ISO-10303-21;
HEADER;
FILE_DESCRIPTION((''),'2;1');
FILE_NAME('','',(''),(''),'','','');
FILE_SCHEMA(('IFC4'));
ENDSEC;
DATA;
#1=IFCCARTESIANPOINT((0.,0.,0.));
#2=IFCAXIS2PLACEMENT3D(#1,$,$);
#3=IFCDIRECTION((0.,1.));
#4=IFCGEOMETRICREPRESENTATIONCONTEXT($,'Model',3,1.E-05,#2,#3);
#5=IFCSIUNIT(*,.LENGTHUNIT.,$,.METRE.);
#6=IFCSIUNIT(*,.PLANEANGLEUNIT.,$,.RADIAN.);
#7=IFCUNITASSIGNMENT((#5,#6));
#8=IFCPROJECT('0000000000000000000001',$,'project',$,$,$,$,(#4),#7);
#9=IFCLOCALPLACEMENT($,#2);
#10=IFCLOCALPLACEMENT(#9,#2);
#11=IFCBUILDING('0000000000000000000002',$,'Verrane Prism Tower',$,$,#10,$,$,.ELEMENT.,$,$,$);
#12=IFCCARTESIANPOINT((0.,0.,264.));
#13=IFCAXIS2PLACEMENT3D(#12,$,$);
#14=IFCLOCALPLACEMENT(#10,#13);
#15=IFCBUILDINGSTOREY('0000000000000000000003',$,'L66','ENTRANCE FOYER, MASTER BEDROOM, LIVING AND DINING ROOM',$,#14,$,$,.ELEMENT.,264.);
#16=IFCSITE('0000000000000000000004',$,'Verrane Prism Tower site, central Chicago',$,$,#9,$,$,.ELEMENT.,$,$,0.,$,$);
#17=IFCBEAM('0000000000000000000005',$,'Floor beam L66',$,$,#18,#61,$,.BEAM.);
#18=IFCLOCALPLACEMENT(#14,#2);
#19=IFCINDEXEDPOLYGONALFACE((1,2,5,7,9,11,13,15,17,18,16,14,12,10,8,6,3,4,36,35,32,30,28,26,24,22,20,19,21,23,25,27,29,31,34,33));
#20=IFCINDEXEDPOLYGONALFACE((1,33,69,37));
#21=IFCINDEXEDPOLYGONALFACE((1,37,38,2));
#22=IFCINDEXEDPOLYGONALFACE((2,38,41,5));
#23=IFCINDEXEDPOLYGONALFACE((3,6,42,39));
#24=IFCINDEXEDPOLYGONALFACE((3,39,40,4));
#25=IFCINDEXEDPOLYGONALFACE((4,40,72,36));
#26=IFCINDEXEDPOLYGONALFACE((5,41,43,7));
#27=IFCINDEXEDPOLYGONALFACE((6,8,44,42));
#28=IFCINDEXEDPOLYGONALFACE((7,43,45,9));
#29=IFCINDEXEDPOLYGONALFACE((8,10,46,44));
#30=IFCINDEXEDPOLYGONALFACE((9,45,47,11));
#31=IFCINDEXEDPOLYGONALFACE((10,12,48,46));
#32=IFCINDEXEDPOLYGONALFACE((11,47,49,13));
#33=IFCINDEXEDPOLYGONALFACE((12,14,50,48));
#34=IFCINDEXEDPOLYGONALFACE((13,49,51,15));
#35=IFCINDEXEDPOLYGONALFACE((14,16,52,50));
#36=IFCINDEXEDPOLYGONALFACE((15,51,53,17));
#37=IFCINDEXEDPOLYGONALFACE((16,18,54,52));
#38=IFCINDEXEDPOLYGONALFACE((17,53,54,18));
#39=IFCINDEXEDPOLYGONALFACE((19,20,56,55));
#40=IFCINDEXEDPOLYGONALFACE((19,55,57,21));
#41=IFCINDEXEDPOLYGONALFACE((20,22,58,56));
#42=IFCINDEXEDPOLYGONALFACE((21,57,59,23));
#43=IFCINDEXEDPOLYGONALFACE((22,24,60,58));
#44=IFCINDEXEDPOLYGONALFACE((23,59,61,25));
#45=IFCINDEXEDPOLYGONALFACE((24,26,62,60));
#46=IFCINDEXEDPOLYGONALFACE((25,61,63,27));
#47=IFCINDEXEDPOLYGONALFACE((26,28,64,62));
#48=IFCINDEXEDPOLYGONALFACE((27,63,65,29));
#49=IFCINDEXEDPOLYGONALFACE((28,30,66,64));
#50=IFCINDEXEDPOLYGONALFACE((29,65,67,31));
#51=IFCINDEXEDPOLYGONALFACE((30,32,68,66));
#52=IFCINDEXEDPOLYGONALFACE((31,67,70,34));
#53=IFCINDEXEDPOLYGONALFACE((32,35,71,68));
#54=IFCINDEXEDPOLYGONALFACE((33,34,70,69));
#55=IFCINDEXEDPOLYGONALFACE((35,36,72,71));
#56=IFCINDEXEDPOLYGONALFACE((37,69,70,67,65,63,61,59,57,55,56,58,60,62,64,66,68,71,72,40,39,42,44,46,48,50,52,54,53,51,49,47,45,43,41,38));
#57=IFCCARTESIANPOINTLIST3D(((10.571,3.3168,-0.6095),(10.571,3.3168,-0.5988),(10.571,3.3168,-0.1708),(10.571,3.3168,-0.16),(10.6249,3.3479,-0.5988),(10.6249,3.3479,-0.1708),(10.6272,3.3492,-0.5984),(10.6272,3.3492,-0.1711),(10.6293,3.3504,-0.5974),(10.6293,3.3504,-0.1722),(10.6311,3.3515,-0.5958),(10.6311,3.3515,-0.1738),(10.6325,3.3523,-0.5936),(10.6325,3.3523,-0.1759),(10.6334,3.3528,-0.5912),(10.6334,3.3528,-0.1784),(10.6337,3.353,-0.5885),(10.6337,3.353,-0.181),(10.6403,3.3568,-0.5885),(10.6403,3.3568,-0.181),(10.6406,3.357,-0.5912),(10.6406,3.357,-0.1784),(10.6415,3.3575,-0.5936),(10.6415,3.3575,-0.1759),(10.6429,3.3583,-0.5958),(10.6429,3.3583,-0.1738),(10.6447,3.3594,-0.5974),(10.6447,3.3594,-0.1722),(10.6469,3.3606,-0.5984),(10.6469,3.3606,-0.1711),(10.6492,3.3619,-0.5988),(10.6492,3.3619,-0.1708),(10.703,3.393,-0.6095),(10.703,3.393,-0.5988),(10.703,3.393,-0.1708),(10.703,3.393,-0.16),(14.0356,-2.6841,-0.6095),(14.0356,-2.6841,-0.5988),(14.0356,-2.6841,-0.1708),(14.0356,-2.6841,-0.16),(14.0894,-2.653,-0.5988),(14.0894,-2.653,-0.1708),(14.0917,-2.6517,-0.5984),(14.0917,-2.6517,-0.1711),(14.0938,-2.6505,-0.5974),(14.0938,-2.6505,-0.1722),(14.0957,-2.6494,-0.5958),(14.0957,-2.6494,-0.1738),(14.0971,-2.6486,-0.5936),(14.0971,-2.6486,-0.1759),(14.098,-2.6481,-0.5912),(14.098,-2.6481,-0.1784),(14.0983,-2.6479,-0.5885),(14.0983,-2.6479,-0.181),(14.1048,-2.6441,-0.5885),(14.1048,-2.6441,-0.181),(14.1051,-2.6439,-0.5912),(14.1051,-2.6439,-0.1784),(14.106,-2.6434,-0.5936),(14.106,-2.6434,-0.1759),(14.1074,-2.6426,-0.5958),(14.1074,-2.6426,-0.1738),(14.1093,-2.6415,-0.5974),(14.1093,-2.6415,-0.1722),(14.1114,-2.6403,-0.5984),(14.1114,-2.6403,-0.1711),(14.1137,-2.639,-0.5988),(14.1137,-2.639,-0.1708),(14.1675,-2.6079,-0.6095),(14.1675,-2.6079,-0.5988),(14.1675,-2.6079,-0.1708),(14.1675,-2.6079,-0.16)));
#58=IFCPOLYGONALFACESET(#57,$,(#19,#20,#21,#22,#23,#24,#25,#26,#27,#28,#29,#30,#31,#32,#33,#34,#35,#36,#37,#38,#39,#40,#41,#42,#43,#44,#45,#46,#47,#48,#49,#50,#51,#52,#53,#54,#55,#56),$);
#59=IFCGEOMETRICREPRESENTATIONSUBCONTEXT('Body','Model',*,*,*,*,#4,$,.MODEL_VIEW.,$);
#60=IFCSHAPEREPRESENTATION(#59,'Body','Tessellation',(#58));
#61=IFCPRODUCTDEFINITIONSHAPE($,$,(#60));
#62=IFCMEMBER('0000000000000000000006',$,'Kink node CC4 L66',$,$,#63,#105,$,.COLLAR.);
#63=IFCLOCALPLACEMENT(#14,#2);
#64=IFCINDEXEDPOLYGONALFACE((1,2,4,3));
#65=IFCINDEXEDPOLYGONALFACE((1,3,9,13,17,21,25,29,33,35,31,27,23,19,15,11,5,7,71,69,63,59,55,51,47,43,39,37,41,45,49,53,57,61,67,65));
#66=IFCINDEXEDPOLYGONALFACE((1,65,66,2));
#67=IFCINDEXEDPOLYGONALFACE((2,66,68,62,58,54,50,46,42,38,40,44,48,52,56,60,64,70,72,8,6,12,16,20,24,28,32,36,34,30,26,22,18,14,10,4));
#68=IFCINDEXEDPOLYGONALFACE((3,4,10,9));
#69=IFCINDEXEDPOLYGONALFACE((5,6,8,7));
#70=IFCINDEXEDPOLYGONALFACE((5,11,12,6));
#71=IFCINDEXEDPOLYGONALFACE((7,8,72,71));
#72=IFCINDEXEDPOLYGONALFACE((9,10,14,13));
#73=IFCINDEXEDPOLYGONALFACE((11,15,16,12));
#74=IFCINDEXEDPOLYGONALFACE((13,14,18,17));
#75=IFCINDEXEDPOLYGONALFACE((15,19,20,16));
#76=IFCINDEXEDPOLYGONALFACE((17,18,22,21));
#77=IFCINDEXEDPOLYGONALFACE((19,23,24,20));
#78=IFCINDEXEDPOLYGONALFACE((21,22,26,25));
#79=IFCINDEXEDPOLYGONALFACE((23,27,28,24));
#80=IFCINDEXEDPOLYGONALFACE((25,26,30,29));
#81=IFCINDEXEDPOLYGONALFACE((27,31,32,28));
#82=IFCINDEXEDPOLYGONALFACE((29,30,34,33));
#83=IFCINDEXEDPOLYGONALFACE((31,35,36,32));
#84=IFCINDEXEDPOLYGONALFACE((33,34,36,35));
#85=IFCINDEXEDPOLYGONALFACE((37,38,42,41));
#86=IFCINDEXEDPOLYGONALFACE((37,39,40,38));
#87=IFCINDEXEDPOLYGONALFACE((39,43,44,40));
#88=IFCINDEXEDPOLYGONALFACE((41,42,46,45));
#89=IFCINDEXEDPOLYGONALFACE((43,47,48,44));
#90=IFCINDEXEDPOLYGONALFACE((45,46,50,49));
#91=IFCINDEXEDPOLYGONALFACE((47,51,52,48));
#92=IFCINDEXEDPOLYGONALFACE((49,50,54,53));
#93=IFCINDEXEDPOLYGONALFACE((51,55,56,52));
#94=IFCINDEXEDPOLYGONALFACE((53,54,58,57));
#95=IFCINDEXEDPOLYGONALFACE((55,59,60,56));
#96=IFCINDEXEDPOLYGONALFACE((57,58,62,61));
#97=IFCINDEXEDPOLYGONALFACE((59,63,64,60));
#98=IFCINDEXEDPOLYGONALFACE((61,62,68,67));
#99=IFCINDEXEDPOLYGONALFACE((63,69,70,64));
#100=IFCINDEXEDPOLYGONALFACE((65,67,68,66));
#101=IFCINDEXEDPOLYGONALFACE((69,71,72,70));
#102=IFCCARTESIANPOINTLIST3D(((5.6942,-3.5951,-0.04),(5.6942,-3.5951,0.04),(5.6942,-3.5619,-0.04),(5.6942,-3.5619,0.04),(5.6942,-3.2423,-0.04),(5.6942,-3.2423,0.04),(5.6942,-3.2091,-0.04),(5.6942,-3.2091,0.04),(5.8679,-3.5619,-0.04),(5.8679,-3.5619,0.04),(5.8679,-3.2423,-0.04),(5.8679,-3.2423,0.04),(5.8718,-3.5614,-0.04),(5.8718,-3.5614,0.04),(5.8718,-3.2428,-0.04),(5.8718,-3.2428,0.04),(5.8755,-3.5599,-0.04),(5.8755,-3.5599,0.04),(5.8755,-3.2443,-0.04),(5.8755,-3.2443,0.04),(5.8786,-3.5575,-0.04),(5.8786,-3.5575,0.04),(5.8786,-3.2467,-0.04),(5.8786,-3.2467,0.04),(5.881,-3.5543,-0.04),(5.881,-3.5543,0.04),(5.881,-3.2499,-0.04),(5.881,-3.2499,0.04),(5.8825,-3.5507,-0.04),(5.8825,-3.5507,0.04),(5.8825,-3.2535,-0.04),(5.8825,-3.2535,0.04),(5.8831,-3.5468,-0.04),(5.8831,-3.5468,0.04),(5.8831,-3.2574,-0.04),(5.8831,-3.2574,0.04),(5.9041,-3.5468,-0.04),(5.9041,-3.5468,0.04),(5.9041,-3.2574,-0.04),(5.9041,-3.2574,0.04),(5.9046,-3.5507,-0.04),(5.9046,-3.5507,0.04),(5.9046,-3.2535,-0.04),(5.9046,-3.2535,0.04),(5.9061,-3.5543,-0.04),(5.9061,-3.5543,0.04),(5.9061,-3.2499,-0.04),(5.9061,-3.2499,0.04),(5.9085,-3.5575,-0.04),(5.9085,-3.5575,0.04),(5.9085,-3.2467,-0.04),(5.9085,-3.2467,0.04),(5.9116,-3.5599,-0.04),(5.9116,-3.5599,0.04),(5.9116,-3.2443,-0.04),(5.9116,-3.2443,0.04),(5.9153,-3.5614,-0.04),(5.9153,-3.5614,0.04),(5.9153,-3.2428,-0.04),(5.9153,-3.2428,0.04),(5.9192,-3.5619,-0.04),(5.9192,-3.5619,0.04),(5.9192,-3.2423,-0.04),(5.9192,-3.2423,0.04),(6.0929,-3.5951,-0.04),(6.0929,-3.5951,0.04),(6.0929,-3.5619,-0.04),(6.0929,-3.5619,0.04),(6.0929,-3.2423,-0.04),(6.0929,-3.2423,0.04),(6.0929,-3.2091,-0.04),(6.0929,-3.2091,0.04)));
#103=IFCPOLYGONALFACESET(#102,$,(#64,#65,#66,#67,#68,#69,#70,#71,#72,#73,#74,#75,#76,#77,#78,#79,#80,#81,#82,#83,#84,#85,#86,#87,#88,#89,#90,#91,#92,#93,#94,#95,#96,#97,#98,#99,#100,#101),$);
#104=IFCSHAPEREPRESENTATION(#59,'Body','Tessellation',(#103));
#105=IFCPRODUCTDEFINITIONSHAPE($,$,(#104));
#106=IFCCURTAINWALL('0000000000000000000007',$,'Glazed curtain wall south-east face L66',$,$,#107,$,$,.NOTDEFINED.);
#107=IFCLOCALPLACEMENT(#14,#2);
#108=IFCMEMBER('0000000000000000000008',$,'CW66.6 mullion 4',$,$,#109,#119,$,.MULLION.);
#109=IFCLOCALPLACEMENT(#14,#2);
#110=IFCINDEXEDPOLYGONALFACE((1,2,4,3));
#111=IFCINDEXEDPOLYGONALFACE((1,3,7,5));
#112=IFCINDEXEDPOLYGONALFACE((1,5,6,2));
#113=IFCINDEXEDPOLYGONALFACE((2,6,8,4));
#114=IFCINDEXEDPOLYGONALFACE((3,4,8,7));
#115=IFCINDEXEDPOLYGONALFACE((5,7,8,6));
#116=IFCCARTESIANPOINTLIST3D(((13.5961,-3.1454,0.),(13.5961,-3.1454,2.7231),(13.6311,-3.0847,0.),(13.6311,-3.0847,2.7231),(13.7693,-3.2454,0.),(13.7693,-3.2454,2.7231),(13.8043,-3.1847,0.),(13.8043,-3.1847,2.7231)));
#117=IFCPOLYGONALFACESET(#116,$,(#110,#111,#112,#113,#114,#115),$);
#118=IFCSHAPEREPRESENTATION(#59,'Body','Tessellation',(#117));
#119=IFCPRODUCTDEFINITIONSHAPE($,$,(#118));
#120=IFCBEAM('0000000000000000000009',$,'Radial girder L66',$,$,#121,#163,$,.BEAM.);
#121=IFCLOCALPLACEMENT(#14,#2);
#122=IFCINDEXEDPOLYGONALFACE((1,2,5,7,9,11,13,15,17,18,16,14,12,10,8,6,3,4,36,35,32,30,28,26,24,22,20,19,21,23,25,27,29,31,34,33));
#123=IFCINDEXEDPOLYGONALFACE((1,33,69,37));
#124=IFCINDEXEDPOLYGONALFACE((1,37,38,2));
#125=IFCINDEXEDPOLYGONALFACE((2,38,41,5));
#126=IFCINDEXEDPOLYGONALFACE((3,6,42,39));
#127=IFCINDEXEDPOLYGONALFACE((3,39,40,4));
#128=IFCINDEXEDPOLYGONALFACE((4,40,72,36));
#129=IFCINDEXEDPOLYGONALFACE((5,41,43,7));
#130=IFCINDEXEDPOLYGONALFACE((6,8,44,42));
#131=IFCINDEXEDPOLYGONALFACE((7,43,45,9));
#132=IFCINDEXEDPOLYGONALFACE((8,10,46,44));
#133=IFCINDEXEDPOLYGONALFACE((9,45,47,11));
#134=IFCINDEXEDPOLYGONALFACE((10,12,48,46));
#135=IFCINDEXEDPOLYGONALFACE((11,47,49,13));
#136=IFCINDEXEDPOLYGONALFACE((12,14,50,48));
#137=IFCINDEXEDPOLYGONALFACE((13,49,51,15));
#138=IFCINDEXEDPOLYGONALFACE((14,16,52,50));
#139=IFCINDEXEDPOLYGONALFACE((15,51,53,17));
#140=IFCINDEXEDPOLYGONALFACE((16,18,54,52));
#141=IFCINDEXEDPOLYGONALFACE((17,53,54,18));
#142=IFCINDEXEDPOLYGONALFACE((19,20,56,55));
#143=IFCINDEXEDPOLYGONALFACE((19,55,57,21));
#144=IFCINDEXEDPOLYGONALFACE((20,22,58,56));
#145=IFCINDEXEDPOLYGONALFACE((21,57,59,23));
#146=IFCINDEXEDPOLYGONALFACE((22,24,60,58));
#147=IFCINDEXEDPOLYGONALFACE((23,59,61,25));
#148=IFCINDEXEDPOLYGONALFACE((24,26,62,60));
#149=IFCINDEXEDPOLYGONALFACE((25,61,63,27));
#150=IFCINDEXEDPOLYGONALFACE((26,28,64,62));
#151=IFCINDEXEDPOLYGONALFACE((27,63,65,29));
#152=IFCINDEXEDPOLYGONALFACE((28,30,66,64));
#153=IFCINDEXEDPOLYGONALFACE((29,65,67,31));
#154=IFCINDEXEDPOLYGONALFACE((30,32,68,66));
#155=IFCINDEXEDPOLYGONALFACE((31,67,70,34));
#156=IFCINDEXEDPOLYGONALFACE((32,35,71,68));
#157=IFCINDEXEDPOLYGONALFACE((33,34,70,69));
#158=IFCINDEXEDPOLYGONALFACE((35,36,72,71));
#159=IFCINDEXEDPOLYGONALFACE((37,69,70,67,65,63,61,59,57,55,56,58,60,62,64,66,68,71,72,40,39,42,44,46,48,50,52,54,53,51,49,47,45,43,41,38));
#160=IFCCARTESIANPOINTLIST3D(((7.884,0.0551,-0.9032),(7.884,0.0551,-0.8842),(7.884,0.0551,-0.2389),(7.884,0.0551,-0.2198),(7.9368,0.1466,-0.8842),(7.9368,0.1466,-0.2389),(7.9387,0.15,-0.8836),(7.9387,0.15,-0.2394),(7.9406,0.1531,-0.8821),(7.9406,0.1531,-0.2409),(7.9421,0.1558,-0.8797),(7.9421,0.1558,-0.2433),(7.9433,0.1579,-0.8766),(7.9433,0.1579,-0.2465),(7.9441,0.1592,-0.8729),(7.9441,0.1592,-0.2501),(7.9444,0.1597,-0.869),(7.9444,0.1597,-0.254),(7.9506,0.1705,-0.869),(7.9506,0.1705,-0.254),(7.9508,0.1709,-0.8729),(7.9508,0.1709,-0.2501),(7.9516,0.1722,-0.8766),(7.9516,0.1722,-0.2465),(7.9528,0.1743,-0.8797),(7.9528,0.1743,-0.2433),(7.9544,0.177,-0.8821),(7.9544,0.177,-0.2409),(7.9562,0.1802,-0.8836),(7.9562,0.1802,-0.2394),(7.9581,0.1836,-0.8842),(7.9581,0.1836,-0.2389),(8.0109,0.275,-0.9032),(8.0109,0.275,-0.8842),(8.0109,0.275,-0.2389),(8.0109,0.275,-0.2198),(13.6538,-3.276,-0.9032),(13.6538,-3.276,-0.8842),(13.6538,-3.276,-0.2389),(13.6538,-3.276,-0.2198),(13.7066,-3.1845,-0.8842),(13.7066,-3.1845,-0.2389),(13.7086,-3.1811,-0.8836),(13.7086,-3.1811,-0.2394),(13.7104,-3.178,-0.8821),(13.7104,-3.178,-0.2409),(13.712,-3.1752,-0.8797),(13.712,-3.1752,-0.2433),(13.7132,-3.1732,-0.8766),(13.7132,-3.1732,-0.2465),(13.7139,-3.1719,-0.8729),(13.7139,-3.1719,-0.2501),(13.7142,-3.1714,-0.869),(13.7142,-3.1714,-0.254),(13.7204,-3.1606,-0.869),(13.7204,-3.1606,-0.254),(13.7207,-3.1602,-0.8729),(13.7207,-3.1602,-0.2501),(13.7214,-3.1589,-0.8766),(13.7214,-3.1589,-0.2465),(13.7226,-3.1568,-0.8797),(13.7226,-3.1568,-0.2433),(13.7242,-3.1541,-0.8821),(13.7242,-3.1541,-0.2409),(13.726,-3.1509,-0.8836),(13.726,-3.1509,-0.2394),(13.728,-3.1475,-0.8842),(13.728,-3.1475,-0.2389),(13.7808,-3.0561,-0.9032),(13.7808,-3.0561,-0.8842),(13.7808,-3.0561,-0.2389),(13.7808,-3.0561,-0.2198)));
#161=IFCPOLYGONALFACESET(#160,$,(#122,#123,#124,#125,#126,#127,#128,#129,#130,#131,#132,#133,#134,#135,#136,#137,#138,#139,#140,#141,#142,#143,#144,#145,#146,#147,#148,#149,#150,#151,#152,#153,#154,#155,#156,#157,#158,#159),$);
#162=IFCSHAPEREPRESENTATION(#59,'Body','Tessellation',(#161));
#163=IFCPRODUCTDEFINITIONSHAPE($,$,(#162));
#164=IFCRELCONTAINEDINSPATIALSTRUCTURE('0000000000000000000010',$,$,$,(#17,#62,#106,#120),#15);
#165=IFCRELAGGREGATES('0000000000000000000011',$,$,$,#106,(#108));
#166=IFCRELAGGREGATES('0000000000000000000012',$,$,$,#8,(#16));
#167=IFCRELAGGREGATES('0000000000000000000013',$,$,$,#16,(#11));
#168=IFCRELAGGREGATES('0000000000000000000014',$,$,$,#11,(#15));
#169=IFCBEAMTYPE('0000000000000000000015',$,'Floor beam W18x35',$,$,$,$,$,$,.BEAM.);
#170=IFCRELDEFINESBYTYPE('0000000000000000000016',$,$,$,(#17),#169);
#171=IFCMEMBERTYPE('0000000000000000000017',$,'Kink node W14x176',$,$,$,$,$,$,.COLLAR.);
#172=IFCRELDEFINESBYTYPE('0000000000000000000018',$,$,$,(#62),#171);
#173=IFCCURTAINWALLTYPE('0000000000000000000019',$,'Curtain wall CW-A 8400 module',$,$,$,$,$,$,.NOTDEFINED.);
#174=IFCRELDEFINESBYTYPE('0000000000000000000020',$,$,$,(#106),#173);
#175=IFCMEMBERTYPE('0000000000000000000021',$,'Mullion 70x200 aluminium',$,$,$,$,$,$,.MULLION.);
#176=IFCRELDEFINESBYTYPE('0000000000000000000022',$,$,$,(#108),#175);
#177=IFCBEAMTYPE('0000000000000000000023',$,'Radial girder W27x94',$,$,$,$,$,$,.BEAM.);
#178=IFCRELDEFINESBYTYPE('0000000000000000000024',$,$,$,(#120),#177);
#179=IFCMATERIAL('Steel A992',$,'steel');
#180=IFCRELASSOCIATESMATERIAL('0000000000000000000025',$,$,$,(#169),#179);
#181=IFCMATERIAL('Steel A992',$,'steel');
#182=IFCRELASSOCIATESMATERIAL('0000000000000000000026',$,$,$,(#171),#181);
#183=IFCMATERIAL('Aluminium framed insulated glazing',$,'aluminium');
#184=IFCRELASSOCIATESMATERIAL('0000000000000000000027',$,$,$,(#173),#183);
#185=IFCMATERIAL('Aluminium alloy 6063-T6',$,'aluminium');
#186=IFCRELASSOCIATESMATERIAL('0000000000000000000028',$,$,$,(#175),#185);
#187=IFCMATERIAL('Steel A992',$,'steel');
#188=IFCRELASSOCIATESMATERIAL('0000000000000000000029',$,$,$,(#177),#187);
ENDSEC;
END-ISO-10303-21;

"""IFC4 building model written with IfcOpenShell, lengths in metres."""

from ifc_helpers import new_model, si_unit, direction, frame, origin, origin_2d, place, context, subcontext, project, spatial, rectangle, i_section, extrude, material, material_profile, profile_set, type_object, element, aggregate, save


model = new_model("IFC4")

# Units and contexts
model_context = context("Model", 3, precision=1e-05, world=origin(), true_north=direction((0.0, 1.0)))
body_context = subcontext(model_context, "Body", "Model", "MODEL_VIEW")
ifc_project = project(units=[si_unit("LENGTHUNIT", "METRE"), si_unit("PLANEANGLEUNIT", "RADIAN")], contexts=[model_context])

# Site, building, storey
site_placement = place(None, origin())
site = spatial("IfcSite", under=ifc_project, at=site_placement, Name="Verrane Prism Tower site, central Chicago", CompositionType="ELEMENT", RefElevation=0.0)
building_placement = place(site_placement, origin())
building = spatial("IfcBuilding", under=site, at=building_placement, Name="Verrane Prism Tower", CompositionType="ELEMENT")
storey_placement = place(building_placement, frame((0.0, 0.0, 264.0)))
storey = spatial("IfcBuildingStorey", under=building, at=storey_placement, Name="L66", Description="ENTRANCE FOYER, MASTER BEDROOM, LIVING AND DINING ROOM", CompositionType="ELEMENT", Elevation=264.0)

# Beam
ifc_material_1 = material(Name="Steel A992", Category="steel")
ifc_material_profile_1 = material_profile(ifc_material_1, i_section(OverallWidth=0.1523, OverallDepth=0.4495, WebThickness=0.0076, FlangeThickness=0.0107, FilletRadius=0.0103, at=origin_2d()), Name="W18x35")
ifc_profile_set_1 = profile_set([ifc_material_profile_1], Name="Steel A992")
beam_type_1 = type_object("IfcBeamType", Name="Floor beam W18x35", PredefinedType="BEAM", material=ifc_profile_set_1)
beam_1_placement = place(storey_placement, frame((14.1016, -2.646, -0.3848), z_axis=(-0.499993, 0.86603, 0.0), x_axis=(-0.86603, -0.499993, 0.0)))
element("IfcBeam", 1, at=beam_1_placement, inside=storey, type_object=beam_type_1, Name="Floor beam L66", PredefinedType="BEAM", context=body_context, shape_type="SweptSolid", body=[
    extrude(i_section(OverallWidth=0.1523, OverallDepth=0.4495, WebThickness=0.0076, FlangeThickness=0.0107, FilletRadius=0.0103, at=origin_2d()), origin(), (0.0, 0.0, 1.0), 6.9292),
])

# Member
ifc_material_2 = material(Name="Steel A992", Category="steel")
ifc_material_profile_2 = material_profile(ifc_material_2, i_section(OverallWidth=0.3987, OverallDepth=0.386, WebThickness=0.021, FlangeThickness=0.0332, FilletRadius=0.0151, at=origin_2d()), Name="W14x176")
ifc_profile_set_2 = profile_set([ifc_material_profile_2], Name="Steel A992")
member_type_1 = type_object("IfcMemberType", Name="Kink node W14x176", PredefinedType="COLLAR", material=ifc_profile_set_2)
member_1_placement = place(storey_placement, frame((5.8936, -3.4021, -0.04), z_axis=(0.0, 0.0, 1.0), x_axis=(1.0, 0.0, 0.0)))
element("IfcMember", 2, at=member_1_placement, inside=storey, type_object=member_type_1, Name="Kink node CC4 L66", PredefinedType="COLLAR", context=body_context, shape_type="SweptSolid", body=[
    extrude(i_section(OverallWidth=0.3987, OverallDepth=0.386, WebThickness=0.021, FlangeThickness=0.0332, FilletRadius=0.0151, at=origin_2d()), origin(), (0.0, 0.0, 1.0), 0.0801),
])

# Curtain wall, member
ifc_material_3 = material(Name="Aluminium framed insulated glazing", Category="aluminium")
curtain_wall_type = type_object("IfcCurtainWallType", Name="Curtain wall CW-A 8400 module", PredefinedType="NOTDEFINED", material=ifc_material_3)
curtain_wall_placement = place(storey_placement, origin())
curtain_wall = element("IfcCurtainWall", 3, at=curtain_wall_placement, inside=storey, type_object=curtain_wall_type, Name="Glazed curtain wall south-east face L66", PredefinedType="NOTDEFINED")
ifc_material_4 = material(Name="Aluminium alloy 6063-T6", Category="aluminium")
ifc_material_profile_3 = material_profile(ifc_material_4, rectangle(XDim=0.2, YDim=0.0701, at=origin_2d()), Name="Mullion 70x200 aluminium")
ifc_profile_set_3 = profile_set([ifc_material_profile_3], Name="Aluminium alloy 6063-T6")
member_type_2 = type_object("IfcMemberType", Name="Mullion 70x200 aluminium", PredefinedType="MULLION", material=ifc_profile_set_3)
member_2_placement = place(storey_placement, frame((13.7002, -3.165, 0.0), z_axis=(0.0, 0.0, 1.0), x_axis=(-0.866025, 0.500001, 0.0)))
member_2 = element("IfcMember", 4, at=member_2_placement, type_object=member_type_2, Name="CW66.6 mullion 4", PredefinedType="MULLION", context=body_context, shape_type="SweptSolid", body=[
    extrude(rectangle(XDim=0.2, YDim=0.0701, at=origin_2d()), origin(), (0.0, 0.0, 1.0), 2.7231),
])

# Beam
ifc_material_5 = material(Name="Steel A992", Category="steel")
ifc_material_profile_4 = material_profile(ifc_material_5, i_section(OverallWidth=0.2539, OverallDepth=0.6833, WebThickness=0.0125, FlangeThickness=0.019, FilletRadius=0.0151, at=origin_2d()), Name="W27x94")
ifc_profile_set_4 = profile_set([ifc_material_profile_4], Name="Steel A992")
beam_type_2 = type_object("IfcBeamType", Name="Radial girder W27x94", PredefinedType="BEAM", material=ifc_profile_set_4)
beam_2_placement = place(storey_placement, frame((13.7173, -3.166, -0.5615), z_axis=(-0.866034, 0.499986, 0.0), x_axis=(-0.499986, -0.866034, 0.0)))
element("IfcBeam", 5, at=beam_2_placement, inside=storey, type_object=beam_type_2, Name="Radial girder L66", PredefinedType="BEAM", context=body_context, shape_type="SweptSolid", body=[
    extrude(i_section(OverallWidth=0.2539, OverallDepth=0.6833, WebThickness=0.0125, FlangeThickness=0.019, FilletRadius=0.0151, at=origin_2d()), origin(), (0.0, 0.0, 1.0), 6.6624),
])

aggregate(curtain_wall, [member_2])

save(model, "model.ifc")
